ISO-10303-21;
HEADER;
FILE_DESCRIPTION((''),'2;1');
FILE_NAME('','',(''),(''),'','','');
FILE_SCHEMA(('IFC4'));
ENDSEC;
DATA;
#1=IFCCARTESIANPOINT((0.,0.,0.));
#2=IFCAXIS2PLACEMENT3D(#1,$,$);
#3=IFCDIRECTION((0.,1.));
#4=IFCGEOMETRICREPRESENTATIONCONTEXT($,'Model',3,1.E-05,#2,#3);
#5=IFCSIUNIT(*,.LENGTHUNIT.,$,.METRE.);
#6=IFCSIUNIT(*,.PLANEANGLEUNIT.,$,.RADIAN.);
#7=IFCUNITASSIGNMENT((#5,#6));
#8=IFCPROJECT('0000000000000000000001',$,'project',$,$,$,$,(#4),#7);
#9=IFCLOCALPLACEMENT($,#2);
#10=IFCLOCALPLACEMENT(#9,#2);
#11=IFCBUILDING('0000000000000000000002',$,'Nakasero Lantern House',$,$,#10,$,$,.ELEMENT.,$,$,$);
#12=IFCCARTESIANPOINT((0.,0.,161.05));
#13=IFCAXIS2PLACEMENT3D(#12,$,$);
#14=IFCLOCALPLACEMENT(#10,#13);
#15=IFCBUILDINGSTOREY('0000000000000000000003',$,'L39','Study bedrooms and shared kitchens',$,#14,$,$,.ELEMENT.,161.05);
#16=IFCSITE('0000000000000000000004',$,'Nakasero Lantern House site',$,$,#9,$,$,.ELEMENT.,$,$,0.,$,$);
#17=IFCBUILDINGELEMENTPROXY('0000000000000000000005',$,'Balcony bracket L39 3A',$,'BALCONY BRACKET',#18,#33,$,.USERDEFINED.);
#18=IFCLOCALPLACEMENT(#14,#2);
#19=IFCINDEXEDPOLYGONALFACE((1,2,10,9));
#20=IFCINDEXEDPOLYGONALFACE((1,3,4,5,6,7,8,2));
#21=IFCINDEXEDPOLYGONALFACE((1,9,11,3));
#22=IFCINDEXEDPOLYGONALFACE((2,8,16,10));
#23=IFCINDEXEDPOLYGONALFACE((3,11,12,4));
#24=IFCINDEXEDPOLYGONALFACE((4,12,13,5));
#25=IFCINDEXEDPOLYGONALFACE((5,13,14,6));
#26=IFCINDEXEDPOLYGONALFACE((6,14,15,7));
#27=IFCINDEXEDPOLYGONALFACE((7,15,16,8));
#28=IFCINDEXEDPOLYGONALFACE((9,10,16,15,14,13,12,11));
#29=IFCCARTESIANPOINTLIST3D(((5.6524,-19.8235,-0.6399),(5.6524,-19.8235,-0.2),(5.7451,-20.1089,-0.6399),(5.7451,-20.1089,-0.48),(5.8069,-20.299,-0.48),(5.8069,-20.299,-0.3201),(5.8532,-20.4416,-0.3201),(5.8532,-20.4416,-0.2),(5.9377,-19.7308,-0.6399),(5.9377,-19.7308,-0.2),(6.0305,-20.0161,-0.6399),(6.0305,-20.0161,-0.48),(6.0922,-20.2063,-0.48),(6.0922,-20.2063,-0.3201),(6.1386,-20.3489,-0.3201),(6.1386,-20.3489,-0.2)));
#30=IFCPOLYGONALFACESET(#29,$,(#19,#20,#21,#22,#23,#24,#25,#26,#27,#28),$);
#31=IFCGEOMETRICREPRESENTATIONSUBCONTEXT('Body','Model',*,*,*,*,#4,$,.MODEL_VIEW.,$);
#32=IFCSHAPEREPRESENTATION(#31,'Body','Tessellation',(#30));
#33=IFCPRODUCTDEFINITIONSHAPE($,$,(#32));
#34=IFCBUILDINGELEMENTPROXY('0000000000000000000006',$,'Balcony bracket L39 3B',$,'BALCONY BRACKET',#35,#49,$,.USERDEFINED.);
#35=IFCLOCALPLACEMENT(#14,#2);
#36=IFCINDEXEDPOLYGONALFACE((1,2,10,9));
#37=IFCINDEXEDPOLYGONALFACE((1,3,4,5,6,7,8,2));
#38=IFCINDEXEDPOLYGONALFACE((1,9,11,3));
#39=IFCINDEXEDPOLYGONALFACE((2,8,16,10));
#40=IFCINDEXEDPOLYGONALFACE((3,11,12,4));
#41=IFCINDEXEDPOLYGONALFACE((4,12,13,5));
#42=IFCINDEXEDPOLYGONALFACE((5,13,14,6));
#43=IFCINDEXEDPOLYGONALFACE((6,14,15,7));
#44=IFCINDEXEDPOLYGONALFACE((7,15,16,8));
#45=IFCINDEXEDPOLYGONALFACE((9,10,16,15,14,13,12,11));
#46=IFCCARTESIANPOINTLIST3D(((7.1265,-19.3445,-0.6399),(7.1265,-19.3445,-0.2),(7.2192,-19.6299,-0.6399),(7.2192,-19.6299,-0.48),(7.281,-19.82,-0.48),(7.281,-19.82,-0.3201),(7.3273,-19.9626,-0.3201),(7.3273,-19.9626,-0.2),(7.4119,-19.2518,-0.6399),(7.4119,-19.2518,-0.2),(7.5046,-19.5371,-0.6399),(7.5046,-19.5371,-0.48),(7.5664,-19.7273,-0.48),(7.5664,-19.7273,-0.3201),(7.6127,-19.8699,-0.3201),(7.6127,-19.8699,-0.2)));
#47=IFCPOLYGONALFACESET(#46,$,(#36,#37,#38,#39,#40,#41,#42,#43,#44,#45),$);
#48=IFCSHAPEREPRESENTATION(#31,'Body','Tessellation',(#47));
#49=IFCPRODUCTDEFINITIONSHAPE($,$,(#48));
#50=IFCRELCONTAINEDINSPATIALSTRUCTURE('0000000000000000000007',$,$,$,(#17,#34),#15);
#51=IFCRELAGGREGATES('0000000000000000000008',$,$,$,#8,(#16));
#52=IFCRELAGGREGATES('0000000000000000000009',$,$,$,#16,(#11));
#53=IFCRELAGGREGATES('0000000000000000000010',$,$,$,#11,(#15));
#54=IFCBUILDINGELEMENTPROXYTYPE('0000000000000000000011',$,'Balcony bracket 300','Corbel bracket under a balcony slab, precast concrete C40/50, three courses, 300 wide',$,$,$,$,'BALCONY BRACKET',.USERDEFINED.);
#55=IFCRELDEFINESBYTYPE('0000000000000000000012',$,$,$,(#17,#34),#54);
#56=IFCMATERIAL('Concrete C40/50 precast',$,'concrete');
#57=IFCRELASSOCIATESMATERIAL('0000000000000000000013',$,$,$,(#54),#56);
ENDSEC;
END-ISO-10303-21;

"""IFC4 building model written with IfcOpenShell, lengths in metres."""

from ifc_helpers import new_model, si_unit, direction, frame, origin, place, context, subcontext, project, spatial, polyline, outline, extrude, material, type_object, element, save


model = new_model("IFC4")

# Units and contexts
model_context = context("Model", 3, precision=1e-05, world=origin(), true_north=direction((0.0, 1.0)))
body_context = subcontext(model_context, "Body", "Model", "MODEL_VIEW")
ifc_project = project(units=[si_unit("LENGTHUNIT", "METRE"), si_unit("PLANEANGLEUNIT", "RADIAN")], contexts=[model_context])

# Site, building, storey
site_placement = place(None, origin())
site = spatial("IfcSite", under=ifc_project, at=site_placement, Name="Nakasero Lantern House site", CompositionType="ELEMENT", RefElevation=0.0)
building_placement = place(site_placement, origin())
building = spatial("IfcBuilding", under=site, at=building_placement, Name="Nakasero Lantern House", CompositionType="ELEMENT")
storey_placement = place(building_placement, frame((0.0, 0.0, 161.05)))
storey = spatial("IfcBuildingStorey", under=building, at=storey_placement, Name="L39", Description="Study bedrooms and shared kitchens", CompositionType="ELEMENT", Elevation=161.05)

# Building element proxies
ifc_material_1 = material(Name="Concrete C40/50 precast", Category="concrete")
building_element_proxy_type = type_object("IfcBuildingElementProxyType", Name="Balcony bracket 300", Description="Corbel bracket under a balcony slab, precast concrete C40/50, three courses, 300 wide", ElementType="BALCONY BRACKET", PredefinedType="USERDEFINED", material=ifc_material_1)
for number, where, z_axis, x_axis, name in (
    (1, (5.7952, -19.7771, -0.2), (0.0, 0.0, 1.0), (0.309017, -0.951057, 0.0), "Balcony bracket L39 3A"),
    (2, (7.2693, -19.2981, -0.2), (0.0, 0.0, 1.0), (0.309017, -0.951057, 0.0), "Balcony bracket L39 3B"),
):
    element("IfcBuildingElementProxy", number, at=place(storey_placement, frame(where, z_axis=z_axis, x_axis=x_axis)), inside=storey, type_object=building_element_proxy_type, Name=name, ObjectType="BALCONY BRACKET", PredefinedType="USERDEFINED", context=body_context, shape_type="SweptSolid", body=[
        extrude(outline(polyline([(0.0, 0.0), (0.6499, 0.0), (0.6499, -0.1201), (0.5, -0.1201), (0.5, -0.28), (0.3, -0.28), (0.3, -0.4399), (0.0, -0.4399), (0.0, 0.0)])), frame((0.0, 0.1499, 0.0), z_axis=(0.0, -1.0, 0.0), x_axis=(1.0, 0.0, 0.0)), (0.0, 0.0, 1.0), 0.3),
    ])

save(model, "model.ifc")
